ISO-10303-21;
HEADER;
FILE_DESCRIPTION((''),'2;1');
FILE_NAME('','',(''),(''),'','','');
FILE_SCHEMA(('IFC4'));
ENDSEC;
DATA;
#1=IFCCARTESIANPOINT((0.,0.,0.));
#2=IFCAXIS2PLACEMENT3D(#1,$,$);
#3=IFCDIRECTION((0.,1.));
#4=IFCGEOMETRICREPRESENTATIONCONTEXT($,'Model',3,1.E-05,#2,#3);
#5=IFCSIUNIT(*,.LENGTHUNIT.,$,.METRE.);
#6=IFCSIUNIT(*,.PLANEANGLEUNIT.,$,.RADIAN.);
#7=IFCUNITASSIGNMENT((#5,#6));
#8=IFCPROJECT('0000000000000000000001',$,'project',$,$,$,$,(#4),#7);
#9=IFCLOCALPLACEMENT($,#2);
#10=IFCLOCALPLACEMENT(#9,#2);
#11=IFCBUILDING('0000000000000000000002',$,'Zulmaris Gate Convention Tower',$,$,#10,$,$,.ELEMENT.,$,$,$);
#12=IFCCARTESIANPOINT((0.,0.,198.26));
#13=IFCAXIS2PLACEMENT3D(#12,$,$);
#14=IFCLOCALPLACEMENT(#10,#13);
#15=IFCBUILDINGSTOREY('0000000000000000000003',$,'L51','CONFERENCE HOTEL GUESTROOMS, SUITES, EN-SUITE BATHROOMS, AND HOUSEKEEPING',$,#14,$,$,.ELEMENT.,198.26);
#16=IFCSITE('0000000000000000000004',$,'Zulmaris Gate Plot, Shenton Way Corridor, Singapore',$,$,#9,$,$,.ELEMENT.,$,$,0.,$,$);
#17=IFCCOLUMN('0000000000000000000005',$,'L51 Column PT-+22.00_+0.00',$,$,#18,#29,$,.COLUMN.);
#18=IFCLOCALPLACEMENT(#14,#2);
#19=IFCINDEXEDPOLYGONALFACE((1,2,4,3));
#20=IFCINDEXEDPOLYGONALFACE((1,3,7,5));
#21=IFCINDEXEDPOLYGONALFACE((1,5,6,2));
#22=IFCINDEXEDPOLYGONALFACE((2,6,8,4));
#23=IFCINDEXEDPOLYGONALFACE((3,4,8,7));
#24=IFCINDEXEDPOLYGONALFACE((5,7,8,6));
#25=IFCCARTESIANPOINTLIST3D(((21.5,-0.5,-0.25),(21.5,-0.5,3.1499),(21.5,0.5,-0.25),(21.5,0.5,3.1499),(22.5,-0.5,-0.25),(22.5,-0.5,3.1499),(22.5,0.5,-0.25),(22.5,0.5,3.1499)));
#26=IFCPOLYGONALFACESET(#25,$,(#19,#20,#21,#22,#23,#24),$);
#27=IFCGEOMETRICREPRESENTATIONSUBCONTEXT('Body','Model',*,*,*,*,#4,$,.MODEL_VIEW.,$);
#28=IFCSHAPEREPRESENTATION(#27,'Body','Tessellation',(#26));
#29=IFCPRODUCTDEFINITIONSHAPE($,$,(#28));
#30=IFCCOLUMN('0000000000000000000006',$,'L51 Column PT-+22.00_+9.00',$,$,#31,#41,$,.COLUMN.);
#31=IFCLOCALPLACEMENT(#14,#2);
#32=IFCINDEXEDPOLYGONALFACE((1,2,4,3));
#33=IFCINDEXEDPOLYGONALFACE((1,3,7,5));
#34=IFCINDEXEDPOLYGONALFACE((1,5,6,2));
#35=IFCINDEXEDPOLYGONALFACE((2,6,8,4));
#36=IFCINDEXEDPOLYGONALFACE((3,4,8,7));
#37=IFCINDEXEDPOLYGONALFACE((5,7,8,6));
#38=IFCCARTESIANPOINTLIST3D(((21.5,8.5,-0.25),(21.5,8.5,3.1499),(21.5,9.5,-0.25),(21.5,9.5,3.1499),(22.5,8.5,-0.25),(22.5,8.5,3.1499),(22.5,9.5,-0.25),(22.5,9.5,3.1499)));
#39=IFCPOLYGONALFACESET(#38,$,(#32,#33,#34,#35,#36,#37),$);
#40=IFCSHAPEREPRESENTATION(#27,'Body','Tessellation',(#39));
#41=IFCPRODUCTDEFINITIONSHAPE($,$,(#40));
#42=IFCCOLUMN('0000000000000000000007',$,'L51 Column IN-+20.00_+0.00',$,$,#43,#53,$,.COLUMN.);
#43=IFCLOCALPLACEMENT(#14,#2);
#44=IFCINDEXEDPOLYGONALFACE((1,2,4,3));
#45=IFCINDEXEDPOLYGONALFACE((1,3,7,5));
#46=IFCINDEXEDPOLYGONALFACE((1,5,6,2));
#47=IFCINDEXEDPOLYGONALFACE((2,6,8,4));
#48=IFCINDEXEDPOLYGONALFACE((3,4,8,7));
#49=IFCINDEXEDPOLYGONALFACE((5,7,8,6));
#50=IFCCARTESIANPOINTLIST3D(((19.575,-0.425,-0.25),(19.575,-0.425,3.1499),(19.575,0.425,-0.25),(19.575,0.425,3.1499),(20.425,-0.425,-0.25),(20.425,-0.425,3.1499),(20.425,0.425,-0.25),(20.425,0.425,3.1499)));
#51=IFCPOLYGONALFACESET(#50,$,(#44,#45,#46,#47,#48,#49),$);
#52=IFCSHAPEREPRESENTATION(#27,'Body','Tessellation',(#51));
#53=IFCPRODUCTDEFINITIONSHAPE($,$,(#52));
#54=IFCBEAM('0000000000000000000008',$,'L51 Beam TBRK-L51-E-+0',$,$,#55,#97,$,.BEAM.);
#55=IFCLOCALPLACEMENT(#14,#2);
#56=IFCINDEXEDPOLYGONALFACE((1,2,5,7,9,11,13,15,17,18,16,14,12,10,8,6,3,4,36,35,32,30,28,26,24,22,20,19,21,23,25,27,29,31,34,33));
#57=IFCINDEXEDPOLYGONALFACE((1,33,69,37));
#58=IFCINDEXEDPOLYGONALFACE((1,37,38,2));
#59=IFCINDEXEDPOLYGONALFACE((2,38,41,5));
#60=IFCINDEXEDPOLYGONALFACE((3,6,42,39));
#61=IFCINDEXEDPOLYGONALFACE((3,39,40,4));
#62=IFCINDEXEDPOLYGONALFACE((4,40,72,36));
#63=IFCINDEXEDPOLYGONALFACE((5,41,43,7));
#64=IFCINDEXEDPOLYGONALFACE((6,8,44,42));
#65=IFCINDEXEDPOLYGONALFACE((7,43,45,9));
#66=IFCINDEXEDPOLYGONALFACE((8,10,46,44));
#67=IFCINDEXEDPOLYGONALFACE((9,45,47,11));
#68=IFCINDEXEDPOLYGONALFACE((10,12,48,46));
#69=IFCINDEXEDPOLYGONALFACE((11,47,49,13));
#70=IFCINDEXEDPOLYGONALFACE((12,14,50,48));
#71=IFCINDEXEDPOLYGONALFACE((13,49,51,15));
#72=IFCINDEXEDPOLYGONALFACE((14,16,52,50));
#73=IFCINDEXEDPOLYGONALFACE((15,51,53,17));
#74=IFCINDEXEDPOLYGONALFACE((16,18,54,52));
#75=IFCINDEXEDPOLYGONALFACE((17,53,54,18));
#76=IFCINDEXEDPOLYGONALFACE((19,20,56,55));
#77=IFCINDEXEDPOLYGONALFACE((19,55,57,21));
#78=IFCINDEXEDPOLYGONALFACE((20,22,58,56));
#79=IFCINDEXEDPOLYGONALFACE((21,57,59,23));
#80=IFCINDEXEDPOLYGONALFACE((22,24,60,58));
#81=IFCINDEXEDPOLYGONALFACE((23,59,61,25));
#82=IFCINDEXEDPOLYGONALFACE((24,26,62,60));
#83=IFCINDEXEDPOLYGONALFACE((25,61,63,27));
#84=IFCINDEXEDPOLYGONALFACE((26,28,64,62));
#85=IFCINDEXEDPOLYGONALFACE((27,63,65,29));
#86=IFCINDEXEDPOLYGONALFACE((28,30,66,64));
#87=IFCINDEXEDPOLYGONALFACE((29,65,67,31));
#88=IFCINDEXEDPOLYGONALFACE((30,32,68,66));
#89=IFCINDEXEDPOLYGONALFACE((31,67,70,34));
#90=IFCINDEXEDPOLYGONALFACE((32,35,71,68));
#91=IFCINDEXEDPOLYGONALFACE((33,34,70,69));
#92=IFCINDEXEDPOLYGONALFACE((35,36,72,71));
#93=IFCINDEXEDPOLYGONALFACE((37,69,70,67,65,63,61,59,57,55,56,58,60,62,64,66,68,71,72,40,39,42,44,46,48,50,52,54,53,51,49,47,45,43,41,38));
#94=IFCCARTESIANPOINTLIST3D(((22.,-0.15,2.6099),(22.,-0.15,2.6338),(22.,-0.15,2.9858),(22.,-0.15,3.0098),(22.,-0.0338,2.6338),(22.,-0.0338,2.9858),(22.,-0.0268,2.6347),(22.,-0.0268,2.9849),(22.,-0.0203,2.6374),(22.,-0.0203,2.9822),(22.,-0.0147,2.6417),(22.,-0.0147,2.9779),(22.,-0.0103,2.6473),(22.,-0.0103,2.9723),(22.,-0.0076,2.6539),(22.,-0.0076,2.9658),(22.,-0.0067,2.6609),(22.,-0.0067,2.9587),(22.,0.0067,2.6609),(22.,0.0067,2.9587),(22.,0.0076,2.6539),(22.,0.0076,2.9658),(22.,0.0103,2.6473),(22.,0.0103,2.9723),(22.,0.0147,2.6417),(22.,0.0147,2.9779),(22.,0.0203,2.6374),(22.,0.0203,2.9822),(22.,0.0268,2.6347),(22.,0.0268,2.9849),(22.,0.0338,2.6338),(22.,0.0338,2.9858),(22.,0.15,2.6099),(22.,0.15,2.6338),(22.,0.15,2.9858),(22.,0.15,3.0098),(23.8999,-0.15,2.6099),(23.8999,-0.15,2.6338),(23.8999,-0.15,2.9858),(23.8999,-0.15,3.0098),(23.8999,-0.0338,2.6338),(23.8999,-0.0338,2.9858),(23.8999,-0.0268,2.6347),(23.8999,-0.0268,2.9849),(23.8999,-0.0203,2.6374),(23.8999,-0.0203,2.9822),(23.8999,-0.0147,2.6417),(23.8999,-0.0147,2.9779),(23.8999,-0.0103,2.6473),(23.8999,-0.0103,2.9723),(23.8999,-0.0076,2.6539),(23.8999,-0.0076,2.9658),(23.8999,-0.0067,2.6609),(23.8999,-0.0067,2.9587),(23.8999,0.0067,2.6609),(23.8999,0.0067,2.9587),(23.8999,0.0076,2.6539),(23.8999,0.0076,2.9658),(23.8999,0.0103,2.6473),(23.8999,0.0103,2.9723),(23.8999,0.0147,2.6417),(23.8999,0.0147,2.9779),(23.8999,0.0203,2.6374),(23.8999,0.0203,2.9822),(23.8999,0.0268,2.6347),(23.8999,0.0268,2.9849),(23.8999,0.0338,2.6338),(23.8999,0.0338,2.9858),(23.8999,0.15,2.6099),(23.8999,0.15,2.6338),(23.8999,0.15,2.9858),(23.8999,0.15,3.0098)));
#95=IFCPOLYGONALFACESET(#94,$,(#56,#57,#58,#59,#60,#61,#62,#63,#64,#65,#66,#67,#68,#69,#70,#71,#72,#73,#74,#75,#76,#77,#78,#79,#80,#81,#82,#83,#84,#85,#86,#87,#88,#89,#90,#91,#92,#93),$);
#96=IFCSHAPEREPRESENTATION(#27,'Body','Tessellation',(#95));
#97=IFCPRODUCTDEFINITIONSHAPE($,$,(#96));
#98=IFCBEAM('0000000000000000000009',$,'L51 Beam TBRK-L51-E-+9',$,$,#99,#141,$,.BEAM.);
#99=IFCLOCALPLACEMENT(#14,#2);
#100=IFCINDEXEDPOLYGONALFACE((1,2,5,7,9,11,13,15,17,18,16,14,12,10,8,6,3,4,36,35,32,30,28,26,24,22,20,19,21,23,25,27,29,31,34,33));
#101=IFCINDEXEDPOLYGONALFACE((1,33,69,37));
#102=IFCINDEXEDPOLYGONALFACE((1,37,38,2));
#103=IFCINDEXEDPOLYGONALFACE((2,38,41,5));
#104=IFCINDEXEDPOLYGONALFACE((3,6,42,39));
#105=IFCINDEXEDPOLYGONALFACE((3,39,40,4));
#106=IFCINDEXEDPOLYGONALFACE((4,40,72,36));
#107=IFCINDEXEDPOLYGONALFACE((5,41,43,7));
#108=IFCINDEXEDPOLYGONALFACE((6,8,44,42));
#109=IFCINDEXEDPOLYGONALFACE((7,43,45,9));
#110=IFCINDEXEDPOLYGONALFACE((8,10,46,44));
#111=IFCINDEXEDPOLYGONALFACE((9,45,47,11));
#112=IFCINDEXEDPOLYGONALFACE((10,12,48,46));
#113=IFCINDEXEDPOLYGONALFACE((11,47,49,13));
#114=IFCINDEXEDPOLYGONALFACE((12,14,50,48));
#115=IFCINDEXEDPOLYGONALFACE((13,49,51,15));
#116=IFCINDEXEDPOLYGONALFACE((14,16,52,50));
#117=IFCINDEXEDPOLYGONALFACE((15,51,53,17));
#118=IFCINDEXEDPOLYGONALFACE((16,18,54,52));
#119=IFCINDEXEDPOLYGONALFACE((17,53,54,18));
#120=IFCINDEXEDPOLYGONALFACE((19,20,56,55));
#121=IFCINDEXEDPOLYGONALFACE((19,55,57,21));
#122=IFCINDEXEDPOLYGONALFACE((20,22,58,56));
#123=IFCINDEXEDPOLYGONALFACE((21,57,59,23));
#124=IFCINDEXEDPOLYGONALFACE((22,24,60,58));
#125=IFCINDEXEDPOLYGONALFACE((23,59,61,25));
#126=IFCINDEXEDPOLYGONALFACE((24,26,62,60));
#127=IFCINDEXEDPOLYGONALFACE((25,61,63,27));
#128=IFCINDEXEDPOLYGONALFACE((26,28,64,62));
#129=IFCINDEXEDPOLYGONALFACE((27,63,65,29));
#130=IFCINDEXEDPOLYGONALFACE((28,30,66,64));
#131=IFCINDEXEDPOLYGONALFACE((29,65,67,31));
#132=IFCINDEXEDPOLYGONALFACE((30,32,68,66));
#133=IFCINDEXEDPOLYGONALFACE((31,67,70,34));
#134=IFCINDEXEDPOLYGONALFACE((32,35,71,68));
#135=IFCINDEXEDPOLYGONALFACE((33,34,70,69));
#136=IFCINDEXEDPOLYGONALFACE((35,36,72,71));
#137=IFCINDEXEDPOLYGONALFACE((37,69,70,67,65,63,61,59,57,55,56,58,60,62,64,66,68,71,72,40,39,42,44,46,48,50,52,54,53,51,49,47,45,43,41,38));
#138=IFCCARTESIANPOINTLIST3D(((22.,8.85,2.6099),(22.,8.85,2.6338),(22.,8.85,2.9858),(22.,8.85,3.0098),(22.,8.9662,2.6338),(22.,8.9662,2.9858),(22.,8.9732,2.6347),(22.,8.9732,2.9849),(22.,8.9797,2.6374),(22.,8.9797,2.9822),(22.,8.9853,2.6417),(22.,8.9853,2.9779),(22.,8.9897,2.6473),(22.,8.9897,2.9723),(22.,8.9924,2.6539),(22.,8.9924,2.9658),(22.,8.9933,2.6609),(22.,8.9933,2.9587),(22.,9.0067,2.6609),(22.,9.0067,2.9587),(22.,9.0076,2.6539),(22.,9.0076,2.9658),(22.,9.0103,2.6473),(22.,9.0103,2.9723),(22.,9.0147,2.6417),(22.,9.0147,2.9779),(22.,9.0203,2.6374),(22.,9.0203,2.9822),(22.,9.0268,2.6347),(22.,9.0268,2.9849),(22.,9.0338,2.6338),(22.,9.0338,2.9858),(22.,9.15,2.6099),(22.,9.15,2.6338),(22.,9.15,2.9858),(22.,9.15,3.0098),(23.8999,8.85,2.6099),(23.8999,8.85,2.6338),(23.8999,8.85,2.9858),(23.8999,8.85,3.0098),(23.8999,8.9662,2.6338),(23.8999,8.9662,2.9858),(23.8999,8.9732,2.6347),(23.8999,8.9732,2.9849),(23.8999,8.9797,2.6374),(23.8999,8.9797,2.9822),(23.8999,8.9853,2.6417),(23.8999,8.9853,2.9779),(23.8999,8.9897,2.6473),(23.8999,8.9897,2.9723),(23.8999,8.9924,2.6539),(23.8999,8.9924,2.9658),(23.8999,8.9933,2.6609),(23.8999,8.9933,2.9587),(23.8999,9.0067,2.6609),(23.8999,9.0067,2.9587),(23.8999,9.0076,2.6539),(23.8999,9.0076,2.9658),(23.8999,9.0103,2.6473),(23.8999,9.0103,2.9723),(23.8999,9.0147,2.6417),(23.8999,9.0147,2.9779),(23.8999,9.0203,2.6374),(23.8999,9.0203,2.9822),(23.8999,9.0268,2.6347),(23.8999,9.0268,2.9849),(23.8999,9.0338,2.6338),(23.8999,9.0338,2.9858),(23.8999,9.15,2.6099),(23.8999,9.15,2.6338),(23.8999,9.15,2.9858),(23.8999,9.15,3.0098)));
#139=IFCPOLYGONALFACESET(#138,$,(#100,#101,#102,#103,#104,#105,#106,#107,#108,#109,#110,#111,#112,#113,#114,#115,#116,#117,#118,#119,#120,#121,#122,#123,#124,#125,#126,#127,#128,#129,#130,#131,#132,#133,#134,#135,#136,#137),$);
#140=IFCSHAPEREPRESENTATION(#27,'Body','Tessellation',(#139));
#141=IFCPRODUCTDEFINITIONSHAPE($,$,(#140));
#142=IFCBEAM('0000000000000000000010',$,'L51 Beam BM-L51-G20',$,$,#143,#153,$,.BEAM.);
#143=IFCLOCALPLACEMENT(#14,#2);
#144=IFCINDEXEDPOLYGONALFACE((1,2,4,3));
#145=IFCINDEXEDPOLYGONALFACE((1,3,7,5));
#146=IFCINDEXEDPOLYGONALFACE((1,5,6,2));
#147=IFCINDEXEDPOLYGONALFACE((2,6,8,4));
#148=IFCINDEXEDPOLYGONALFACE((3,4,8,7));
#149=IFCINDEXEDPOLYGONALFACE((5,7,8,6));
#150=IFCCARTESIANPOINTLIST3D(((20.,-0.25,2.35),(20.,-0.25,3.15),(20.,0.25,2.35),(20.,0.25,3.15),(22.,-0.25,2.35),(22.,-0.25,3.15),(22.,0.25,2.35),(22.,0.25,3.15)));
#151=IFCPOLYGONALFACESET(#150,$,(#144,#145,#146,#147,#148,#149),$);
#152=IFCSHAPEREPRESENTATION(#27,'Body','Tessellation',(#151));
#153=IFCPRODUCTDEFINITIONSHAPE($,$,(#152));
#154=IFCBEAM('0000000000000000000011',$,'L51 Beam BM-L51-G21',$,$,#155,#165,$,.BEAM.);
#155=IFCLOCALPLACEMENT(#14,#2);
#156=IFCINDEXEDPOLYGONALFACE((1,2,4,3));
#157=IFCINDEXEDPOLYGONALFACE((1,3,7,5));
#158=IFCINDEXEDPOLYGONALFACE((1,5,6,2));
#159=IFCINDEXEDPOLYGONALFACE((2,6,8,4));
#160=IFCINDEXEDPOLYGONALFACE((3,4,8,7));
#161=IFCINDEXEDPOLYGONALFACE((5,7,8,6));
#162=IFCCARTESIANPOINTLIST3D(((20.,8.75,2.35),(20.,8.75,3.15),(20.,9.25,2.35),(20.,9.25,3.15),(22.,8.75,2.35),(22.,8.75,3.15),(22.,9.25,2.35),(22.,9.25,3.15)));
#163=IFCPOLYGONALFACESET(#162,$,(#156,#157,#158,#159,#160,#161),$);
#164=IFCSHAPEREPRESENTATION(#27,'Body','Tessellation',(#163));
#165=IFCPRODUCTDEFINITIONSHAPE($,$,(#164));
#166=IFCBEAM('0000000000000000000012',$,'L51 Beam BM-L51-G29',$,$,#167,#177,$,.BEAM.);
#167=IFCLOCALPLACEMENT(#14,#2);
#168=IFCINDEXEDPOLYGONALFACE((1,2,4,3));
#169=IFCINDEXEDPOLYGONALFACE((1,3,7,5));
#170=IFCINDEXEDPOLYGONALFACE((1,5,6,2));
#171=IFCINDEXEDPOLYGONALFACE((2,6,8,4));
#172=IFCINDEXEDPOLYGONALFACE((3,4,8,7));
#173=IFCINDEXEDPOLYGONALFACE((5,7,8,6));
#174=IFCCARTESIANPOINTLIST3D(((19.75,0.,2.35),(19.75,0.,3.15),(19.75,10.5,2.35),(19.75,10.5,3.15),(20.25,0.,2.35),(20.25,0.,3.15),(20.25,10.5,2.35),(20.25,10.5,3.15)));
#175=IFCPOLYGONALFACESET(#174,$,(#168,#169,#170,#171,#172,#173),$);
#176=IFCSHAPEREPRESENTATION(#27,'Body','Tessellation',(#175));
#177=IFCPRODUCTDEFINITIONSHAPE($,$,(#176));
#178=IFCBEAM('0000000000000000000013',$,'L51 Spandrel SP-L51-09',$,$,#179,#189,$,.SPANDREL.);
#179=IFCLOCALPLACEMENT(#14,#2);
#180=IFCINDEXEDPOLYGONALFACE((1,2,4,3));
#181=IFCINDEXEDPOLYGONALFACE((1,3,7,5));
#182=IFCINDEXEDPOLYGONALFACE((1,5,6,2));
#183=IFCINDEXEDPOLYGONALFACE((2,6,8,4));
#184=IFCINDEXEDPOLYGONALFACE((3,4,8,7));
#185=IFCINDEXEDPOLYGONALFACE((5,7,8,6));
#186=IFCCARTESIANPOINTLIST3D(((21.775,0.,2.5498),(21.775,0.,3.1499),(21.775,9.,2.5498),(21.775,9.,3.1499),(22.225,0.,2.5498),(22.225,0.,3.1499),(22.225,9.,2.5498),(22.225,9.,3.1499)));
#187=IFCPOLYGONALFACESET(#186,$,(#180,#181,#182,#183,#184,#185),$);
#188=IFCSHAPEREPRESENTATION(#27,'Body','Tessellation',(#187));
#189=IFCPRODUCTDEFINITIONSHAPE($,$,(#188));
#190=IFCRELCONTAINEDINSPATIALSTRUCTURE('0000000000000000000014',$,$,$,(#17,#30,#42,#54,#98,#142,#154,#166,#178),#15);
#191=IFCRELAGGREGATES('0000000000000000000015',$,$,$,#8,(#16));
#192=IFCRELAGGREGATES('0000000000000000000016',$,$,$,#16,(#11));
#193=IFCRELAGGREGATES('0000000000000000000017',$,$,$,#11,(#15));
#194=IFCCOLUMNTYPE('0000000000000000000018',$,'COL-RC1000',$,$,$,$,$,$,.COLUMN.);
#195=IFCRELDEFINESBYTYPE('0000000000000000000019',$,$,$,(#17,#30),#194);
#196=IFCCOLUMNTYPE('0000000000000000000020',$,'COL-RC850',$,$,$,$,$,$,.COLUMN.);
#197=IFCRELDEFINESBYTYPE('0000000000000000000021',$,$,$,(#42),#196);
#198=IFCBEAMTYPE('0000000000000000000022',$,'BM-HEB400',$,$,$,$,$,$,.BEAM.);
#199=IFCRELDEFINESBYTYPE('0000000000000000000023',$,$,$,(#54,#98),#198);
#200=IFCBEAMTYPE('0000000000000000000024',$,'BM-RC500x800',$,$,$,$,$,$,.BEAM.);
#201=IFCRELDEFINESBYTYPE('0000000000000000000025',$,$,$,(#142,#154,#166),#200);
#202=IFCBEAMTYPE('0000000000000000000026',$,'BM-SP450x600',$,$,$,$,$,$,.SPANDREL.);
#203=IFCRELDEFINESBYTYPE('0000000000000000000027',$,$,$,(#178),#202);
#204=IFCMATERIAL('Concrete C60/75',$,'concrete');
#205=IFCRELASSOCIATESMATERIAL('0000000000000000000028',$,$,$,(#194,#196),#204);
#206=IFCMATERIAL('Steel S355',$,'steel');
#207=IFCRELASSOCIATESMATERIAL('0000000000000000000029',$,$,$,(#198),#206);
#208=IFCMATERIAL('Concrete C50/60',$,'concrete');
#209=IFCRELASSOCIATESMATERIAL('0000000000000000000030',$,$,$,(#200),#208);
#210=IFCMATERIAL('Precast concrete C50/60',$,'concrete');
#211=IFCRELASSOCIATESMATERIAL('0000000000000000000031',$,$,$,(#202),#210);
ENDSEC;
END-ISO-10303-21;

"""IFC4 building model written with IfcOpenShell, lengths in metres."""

from ifc_helpers import new_model, si_unit, direction, frame, origin, origin_2d, place, context, subcontext, project, spatial, rectangle, i_section, extrude, material, material_profile, profile_set, type_object, element, save


model = new_model("IFC4")

# Units and contexts
model_context = context("Model", 3, precision=1e-05, world=origin(), true_north=direction((0.0, 1.0)))
body_context = subcontext(model_context, "Body", "Model", "MODEL_VIEW")
ifc_project = project(units=[si_unit("LENGTHUNIT", "METRE"), si_unit("PLANEANGLEUNIT", "RADIAN")], contexts=[model_context])

# Site, building, storey
site_placement = place(None, origin())
site = spatial("IfcSite", under=ifc_project, at=site_placement, Name="Zulmaris Gate Plot, Shenton Way Corridor, Singapore", CompositionType="ELEMENT", RefElevation=0.0)
building_placement = place(site_placement, origin())
building = spatial("IfcBuilding", under=site, at=building_placement, Name="Zulmaris Gate Convention Tower", CompositionType="ELEMENT")
storey_placement = place(building_placement, frame((0.0, 0.0, 198.26)))
storey = spatial("IfcBuildingStorey", under=building, at=storey_placement, Name="L51", Description="CONFERENCE HOTEL GUESTROOMS, SUITES, EN-SUITE BATHROOMS, AND HOUSEKEEPING", CompositionType="ELEMENT", Elevation=198.26)

# Columns
ifc_material_1 = material(Name="Concrete C60/75", Category="concrete")
ifc_material_profile_1 = material_profile(ifc_material_1, rectangle(XDim=1.0, YDim=1.0, at=origin_2d()), Name="RC COL 1000x1000")
ifc_profile_set_1 = profile_set([ifc_material_profile_1], Name="Concrete C60/75")
column_type_1 = type_object("IfcColumnType", Name="COL-RC1000", PredefinedType="COLUMN", material=ifc_profile_set_1)
for number, where, z_axis, x_axis, name in (
    (1, (22.0, 0.0, -0.25), (0.0, 0.0, 1.0), (1.0, 0.0, 0.0), "L51 Column PT-+22.00_+0.00"),
    (2, (22.0, 9.0, -0.25), (0.0, 0.0, 1.0), (1.0, 0.0, 0.0), "L51 Column PT-+22.00_+9.00"),
):
    element("IfcColumn", number, at=place(storey_placement, frame(where, z_axis=z_axis, x_axis=x_axis)), inside=storey, type_object=column_type_1, Name=name, PredefinedType="COLUMN", context=body_context, shape_type="SweptSolid", body=[
        extrude(rectangle(XDim=1.0, YDim=1.0, at=origin_2d()), origin(), (0.0, 0.0, 1.0), 3.3999),
    ])
ifc_material_profile_2 = material_profile(ifc_material_1, rectangle(XDim=0.8501, YDim=0.8501, at=origin_2d()), Name="RC COL 850x850")
ifc_profile_set_2 = profile_set([ifc_material_profile_2], Name="Concrete C60/75")
column_type_2 = type_object("IfcColumnType", Name="COL-RC850", PredefinedType="COLUMN", material=ifc_profile_set_2)
column_placement = place(storey_placement, frame((20.0, 0.0, -0.25), z_axis=(0.0, 0.0, 1.0), x_axis=(1.0, 0.0, 0.0)))
element("IfcColumn", 3, at=column_placement, inside=storey, type_object=column_type_2, Name="L51 Column IN-+20.00_+0.00", PredefinedType="COLUMN", context=body_context, shape_type="SweptSolid", body=[
    extrude(rectangle(XDim=0.8501, YDim=0.8501, at=origin_2d()), origin(), (0.0, 0.0, 1.0), 3.3999),
])

# Beams
ifc_material_2 = material(Name="Steel S355", Category="steel")
ifc_material_profile_3 = material_profile(ifc_material_2, i_section(OverallWidth=0.3, OverallDepth=0.3999, WebThickness=0.0134, FlangeThickness=0.0239, FilletRadius=0.0271, at=origin_2d()), Name="HEB 400")
ifc_profile_set_3 = profile_set([ifc_material_profile_3], Name="Steel S355")
beam_type_1 = type_object("IfcBeamType", Name="BM-HEB400", PredefinedType="BEAM", material=ifc_profile_set_3)
for number, where, z_axis, x_axis, name in (
    (4, (22.0, 0.0, 2.8098), (1.0, 0.0, 0.0), (0.0, 1.0, 0.0), "L51 Beam TBRK-L51-E-+0"),
    (5, (22.0, 9.0, 2.8098), (1.0, 0.0, 0.0), (0.0, 1.0, 0.0), "L51 Beam TBRK-L51-E-+9"),
):
    element("IfcBeam", number, at=place(storey_placement, frame(where, z_axis=z_axis, x_axis=x_axis)), inside=storey, type_object=beam_type_1, Name=name, PredefinedType="BEAM", context=body_context, shape_type="SweptSolid", body=[
        extrude(i_section(OverallWidth=0.3, OverallDepth=0.3999, WebThickness=0.0134, FlangeThickness=0.0239, FilletRadius=0.0271, at=origin_2d()), origin(), (0.0, 0.0, 1.0), 1.8999),
    ])
ifc_material_3 = material(Name="Concrete C50/60", Category="concrete")
ifc_material_profile_4 = material_profile(ifc_material_3, rectangle(XDim=0.5, YDim=0.8, at=origin_2d()), Name="RC BEAM 500x800")
ifc_profile_set_4 = profile_set([ifc_material_profile_4], Name="Concrete C50/60")
beam_type_2 = type_object("IfcBeamType", Name="BM-RC500x800", PredefinedType="BEAM", material=ifc_profile_set_4)
for number, where, z_axis, x_axis, name in (
    (6, (20.0, 0.0, 2.75), (1.0, 0.0, 0.0), (0.0, 1.0, 0.0), "L51 Beam BM-L51-G20"),
    (7, (20.0, 9.0, 2.75), (1.0, 0.0, 0.0), (0.0, 1.0, 0.0), "L51 Beam BM-L51-G21"),
):
    element("IfcBeam", number, at=place(storey_placement, frame(where, z_axis=z_axis, x_axis=x_axis)), inside=storey, type_object=beam_type_2, Name=name, PredefinedType="BEAM", context=body_context, shape_type="SweptSolid", body=[
        extrude(rectangle(XDim=0.5, YDim=0.8, at=origin_2d()), origin(), (0.0, 0.0, 1.0), 2.0),
    ])
beam_1_placement = place(storey_placement, frame((20.0, 0.0, 2.75), z_axis=(0.0, 1.0, 0.0), x_axis=(-1.0, 0.0, 0.0)))
element("IfcBeam", 8, at=beam_1_placement, inside=storey, type_object=beam_type_2, Name="L51 Beam BM-L51-G29", PredefinedType="BEAM", context=body_context, shape_type="SweptSolid", body=[
    extrude(rectangle(XDim=0.5, YDim=0.8, at=origin_2d()), origin(), (0.0, 0.0, 1.0), 10.5),
])
ifc_material_4 = material(Name="Precast concrete C50/60", Category="concrete")
ifc_material_profile_5 = material_profile(ifc_material_4, rectangle(XDim=0.45, YDim=0.6001, at=origin_2d()), Name="RC SPANDREL 450x600")
ifc_profile_set_5 = profile_set([ifc_material_profile_5], Name="Precast concrete C50/60")
beam_type_3 = type_object("IfcBeamType", Name="BM-SP450x600", PredefinedType="SPANDREL", material=ifc_profile_set_5)
beam_2_placement = place(storey_placement, frame((22.0, 0.0, 2.8499), z_axis=(0.0, 1.0, 0.0), x_axis=(-1.0, 0.0, 0.0)))
element("IfcBeam", 9, at=beam_2_placement, inside=storey, type_object=beam_type_3, Name="L51 Spandrel SP-L51-09", PredefinedType="SPANDREL", context=body_context, shape_type="SweptSolid", body=[
    extrude(rectangle(XDim=0.45, YDim=0.6001, at=origin_2d()), origin(), (0.0, 0.0, 1.0), 9.0),
])

save(model, "model.ifc")
